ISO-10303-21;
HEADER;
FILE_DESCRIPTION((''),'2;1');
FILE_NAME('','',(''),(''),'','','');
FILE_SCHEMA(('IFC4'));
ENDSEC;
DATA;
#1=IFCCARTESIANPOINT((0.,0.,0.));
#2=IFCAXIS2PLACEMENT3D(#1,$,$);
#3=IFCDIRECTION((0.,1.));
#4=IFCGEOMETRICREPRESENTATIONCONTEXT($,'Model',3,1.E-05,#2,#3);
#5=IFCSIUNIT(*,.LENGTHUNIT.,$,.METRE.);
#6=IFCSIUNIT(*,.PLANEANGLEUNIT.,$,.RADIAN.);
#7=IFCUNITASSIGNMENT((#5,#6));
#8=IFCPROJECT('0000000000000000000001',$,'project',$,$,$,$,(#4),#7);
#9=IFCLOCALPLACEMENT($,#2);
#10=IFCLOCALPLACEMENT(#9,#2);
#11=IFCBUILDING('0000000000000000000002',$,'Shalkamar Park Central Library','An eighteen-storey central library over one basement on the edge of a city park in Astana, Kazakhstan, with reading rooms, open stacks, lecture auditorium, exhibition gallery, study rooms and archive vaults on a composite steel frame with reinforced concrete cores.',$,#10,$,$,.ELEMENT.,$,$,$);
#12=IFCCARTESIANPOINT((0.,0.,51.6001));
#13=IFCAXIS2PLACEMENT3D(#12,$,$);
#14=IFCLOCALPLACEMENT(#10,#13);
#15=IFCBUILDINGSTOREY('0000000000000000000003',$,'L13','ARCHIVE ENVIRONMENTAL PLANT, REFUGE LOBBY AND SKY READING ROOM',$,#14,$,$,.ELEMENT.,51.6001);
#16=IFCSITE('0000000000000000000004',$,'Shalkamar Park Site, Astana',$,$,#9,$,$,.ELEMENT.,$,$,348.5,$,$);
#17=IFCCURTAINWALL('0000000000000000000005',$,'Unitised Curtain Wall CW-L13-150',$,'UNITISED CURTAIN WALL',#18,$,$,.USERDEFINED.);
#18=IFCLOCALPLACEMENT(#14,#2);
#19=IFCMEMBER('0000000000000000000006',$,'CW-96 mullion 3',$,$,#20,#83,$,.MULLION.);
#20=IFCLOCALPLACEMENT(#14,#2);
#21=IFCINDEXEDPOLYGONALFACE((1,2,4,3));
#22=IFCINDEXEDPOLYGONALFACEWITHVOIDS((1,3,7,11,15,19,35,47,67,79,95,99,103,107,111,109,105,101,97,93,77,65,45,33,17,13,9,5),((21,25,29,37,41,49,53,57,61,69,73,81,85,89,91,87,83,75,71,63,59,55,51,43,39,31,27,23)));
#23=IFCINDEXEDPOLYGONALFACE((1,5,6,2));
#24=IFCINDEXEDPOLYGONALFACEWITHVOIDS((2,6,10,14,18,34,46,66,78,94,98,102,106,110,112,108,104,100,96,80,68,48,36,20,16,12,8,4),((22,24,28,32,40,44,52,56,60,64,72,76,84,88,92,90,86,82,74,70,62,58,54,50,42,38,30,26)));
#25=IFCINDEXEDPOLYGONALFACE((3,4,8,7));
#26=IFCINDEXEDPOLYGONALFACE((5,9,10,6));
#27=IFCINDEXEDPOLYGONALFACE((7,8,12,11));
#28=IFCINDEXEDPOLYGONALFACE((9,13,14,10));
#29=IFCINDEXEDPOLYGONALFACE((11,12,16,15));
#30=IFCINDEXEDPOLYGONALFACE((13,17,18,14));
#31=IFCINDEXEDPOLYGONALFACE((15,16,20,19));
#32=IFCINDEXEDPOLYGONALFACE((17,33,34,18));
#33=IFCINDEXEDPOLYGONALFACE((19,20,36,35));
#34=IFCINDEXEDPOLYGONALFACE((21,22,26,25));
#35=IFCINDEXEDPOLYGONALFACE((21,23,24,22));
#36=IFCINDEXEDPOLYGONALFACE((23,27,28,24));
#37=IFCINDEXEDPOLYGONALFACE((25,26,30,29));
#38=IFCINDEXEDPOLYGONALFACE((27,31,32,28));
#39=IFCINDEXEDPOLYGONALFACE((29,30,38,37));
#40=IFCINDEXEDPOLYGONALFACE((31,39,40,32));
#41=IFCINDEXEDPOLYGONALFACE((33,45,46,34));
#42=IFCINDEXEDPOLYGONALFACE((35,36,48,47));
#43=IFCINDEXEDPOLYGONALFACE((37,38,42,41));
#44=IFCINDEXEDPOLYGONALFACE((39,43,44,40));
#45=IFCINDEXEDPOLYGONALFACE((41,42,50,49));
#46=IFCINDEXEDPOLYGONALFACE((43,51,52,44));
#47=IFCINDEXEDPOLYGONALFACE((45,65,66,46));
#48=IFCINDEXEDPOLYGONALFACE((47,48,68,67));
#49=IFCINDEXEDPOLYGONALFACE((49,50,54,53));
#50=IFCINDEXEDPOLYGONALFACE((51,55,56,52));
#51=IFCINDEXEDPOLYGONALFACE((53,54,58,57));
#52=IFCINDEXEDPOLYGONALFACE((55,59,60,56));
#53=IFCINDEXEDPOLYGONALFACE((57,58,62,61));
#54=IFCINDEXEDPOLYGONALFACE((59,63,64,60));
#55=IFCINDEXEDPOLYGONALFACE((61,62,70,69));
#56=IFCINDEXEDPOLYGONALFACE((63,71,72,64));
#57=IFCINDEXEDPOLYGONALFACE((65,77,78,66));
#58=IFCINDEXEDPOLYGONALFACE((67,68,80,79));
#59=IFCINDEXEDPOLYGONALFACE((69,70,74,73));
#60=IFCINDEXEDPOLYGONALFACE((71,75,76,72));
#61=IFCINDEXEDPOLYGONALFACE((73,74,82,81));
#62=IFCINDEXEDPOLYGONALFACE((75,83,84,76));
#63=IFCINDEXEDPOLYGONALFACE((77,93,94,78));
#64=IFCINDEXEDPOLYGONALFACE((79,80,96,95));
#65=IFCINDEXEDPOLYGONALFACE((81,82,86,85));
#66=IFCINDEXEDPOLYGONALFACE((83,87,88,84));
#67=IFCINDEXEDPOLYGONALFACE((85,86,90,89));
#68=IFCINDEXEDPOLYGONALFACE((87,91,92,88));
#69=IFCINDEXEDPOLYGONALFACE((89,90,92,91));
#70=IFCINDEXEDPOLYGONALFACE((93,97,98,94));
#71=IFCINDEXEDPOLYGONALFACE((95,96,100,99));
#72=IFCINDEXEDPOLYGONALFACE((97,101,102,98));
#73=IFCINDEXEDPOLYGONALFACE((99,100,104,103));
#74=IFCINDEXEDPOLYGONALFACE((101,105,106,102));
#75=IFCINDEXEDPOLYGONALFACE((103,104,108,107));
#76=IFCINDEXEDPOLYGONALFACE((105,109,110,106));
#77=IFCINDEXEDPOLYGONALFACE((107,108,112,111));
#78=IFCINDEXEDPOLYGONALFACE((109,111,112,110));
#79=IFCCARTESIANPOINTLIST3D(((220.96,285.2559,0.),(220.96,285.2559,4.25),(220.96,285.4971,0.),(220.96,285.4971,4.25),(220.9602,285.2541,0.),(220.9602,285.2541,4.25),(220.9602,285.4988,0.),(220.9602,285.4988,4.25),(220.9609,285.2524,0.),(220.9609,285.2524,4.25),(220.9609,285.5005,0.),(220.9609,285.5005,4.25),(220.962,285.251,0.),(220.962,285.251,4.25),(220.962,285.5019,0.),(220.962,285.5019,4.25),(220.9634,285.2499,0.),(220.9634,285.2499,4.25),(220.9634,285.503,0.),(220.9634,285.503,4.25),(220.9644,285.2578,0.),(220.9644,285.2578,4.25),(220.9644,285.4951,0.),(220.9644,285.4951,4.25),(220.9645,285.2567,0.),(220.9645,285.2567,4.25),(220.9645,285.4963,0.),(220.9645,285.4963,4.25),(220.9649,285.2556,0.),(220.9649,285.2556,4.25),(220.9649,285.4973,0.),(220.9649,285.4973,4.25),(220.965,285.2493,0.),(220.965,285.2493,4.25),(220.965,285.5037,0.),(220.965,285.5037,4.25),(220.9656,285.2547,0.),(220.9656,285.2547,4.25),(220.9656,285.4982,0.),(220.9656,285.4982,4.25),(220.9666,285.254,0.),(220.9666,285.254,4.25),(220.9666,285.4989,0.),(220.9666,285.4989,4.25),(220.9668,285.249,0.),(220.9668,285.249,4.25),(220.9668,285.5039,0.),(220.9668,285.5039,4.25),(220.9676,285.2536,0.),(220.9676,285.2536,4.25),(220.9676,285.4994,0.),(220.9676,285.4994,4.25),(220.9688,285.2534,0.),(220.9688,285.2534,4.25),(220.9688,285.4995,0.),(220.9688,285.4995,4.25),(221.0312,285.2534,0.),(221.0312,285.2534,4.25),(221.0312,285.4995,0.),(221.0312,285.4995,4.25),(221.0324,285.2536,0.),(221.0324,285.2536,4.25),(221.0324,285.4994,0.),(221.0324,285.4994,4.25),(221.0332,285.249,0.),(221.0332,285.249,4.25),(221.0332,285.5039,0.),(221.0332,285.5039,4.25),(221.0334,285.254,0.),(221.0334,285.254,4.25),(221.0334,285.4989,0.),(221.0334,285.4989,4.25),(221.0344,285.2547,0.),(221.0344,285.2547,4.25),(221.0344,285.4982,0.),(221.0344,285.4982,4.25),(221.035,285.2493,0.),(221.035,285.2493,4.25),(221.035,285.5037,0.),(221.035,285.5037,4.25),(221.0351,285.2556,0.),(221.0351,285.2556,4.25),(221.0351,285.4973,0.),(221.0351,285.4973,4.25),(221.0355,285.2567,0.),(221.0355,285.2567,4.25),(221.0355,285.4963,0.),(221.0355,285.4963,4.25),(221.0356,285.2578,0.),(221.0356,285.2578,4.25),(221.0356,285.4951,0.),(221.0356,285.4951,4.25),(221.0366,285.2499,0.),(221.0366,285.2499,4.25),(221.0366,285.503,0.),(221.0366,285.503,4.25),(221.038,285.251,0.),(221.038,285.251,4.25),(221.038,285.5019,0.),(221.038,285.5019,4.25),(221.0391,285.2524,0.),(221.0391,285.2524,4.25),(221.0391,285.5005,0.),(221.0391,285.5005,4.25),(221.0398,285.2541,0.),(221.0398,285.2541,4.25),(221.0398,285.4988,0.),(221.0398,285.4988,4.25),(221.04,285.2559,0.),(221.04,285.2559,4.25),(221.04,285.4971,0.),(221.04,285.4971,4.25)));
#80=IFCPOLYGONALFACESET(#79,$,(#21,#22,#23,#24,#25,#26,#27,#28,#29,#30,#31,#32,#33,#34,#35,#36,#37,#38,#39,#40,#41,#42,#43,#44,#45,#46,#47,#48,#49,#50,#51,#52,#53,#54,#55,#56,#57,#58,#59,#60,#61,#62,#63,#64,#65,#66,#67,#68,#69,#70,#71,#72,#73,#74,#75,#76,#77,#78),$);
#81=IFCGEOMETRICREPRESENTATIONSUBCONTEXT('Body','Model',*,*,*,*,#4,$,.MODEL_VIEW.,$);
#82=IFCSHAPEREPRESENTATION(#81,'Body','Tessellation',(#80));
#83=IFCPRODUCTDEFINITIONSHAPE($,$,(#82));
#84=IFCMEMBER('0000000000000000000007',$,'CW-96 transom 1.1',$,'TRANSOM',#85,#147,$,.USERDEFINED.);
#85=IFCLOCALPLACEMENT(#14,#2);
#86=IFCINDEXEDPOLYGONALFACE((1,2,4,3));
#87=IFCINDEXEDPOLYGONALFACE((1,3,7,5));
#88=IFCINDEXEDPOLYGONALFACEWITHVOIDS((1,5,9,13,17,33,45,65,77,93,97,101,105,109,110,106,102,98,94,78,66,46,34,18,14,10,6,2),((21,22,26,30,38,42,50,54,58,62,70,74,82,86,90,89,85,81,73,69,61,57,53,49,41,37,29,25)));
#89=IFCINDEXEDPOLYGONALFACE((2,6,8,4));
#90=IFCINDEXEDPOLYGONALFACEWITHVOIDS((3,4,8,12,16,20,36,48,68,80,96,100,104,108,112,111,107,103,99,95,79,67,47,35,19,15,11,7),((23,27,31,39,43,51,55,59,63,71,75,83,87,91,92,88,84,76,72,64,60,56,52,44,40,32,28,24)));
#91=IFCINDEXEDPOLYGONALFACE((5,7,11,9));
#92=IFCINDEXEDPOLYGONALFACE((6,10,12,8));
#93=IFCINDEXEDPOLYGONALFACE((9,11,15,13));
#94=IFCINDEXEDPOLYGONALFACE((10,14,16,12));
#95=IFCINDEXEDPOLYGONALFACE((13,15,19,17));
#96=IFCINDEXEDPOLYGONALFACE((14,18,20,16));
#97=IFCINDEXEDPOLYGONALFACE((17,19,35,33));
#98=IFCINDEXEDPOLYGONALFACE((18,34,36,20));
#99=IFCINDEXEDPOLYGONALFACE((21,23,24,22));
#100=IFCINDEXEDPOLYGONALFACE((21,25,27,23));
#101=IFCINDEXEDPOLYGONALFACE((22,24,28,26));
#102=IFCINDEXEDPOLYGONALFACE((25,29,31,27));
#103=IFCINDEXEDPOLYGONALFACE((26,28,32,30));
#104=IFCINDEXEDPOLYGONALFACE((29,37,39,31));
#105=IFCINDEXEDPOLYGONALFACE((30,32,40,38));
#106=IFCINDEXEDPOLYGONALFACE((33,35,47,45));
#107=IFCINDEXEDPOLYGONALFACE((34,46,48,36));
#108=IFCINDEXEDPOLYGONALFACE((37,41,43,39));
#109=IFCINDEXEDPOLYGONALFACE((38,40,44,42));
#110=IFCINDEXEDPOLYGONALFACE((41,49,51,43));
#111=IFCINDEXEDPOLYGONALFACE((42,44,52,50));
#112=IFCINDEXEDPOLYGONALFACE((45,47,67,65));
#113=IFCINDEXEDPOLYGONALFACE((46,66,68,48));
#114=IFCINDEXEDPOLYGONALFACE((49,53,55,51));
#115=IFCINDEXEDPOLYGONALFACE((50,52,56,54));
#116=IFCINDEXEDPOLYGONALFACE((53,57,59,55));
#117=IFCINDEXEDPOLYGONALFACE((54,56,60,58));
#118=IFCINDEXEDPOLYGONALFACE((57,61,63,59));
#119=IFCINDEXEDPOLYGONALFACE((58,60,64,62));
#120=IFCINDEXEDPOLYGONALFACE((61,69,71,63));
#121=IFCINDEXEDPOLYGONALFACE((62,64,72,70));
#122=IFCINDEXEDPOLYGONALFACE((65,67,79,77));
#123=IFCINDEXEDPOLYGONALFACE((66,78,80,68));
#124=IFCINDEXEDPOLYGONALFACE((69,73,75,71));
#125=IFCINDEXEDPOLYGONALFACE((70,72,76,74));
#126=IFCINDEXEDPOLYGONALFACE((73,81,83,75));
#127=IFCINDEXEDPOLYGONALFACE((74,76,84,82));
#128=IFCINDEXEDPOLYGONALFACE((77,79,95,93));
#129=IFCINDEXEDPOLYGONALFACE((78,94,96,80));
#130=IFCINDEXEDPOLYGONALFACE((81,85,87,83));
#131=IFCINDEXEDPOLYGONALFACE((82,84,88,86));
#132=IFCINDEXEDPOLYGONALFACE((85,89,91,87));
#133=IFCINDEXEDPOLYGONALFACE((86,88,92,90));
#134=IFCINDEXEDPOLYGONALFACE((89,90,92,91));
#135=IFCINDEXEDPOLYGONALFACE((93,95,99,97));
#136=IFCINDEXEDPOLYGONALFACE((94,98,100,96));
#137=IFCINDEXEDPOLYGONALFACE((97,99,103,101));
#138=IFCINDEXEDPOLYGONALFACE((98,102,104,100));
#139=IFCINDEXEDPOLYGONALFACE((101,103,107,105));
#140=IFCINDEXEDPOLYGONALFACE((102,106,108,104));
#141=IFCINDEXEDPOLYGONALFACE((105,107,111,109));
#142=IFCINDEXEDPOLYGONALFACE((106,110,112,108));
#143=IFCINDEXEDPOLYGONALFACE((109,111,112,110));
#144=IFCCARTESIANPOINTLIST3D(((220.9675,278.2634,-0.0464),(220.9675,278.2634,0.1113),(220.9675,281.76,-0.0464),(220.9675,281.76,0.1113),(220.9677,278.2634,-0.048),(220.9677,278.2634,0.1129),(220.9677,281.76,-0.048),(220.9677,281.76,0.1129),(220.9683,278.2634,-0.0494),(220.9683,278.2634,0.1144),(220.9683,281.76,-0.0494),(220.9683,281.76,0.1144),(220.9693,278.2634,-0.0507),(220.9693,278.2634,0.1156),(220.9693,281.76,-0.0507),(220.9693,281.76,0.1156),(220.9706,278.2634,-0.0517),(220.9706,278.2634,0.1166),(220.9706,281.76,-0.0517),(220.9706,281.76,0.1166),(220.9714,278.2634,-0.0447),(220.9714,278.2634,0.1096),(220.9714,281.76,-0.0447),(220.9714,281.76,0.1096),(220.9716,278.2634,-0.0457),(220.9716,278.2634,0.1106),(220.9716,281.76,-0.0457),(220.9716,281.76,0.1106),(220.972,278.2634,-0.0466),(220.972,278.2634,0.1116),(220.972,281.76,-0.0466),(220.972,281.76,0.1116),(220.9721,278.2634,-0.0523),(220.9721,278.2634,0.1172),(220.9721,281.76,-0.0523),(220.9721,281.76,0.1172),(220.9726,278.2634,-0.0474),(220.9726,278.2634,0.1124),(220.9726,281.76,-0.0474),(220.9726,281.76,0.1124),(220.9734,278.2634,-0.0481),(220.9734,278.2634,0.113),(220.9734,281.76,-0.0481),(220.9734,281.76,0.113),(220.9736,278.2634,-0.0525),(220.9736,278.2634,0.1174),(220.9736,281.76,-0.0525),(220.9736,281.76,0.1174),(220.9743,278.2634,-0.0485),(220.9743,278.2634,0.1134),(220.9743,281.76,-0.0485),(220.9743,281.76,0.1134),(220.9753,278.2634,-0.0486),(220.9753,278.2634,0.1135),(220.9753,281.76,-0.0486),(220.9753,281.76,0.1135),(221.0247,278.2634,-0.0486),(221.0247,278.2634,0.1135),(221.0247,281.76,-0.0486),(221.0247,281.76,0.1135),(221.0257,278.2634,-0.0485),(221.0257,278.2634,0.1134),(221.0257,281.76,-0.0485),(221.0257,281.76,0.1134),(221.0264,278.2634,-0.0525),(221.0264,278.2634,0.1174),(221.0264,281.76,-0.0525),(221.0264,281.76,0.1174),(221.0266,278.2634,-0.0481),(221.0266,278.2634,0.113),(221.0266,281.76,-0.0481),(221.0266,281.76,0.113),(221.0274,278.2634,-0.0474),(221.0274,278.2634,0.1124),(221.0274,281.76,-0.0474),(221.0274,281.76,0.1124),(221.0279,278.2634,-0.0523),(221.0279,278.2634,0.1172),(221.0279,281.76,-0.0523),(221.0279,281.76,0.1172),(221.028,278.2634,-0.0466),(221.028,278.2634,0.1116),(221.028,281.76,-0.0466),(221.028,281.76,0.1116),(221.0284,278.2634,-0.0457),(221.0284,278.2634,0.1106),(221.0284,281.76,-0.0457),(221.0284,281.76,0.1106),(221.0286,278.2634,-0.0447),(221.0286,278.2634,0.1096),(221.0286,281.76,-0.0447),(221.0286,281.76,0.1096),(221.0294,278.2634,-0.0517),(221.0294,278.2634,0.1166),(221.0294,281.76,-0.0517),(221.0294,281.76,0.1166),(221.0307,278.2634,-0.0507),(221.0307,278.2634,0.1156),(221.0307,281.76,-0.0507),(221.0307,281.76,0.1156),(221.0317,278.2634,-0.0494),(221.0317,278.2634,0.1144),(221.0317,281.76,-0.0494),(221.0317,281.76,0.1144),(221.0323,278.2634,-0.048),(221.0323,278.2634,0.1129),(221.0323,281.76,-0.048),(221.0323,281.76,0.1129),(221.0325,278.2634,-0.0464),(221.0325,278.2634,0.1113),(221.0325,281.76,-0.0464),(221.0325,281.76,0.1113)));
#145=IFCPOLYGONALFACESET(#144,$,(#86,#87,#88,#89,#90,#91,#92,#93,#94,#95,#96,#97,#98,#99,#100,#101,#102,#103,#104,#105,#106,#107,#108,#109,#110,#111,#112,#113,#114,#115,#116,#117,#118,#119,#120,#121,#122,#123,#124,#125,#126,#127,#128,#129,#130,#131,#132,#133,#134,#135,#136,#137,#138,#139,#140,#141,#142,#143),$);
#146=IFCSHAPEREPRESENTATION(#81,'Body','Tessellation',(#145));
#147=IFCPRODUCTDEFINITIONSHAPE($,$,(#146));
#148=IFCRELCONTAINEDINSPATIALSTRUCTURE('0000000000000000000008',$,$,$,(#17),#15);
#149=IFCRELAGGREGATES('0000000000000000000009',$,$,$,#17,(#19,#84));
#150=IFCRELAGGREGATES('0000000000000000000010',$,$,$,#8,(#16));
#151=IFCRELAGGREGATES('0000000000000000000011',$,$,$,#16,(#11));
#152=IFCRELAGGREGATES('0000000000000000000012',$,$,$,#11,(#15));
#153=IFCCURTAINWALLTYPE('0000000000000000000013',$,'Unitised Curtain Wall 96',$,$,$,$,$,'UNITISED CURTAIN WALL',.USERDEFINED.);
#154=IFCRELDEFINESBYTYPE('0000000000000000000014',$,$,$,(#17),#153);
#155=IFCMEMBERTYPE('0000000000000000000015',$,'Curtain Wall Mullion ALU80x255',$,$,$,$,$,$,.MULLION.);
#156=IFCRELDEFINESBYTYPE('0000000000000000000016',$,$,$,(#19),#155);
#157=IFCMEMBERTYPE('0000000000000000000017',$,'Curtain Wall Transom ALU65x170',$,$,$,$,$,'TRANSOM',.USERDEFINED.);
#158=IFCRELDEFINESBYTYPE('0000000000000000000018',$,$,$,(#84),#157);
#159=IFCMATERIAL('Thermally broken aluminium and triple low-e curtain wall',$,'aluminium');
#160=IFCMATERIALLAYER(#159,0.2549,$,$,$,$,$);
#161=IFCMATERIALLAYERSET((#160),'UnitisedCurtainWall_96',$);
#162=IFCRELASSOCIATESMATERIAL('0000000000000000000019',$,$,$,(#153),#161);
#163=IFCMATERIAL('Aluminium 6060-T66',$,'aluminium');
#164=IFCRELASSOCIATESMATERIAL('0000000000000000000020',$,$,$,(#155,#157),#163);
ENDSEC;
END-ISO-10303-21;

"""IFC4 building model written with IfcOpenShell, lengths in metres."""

from ifc_helpers import new_model, si_unit, direction, frame, origin, origin_2d, place, context, subcontext, project, spatial, hollow_rectangle, extrude, material, layer, layer_set, material_profile, profile_set, type_object, element, aggregate, save


model = new_model("IFC4")

# Units and contexts
model_context = context("Model", 3, precision=1e-05, world=origin(), true_north=direction((0.0, 1.0)))
body_context = subcontext(model_context, "Body", "Model", "MODEL_VIEW")
ifc_project = project(units=[si_unit("LENGTHUNIT", "METRE"), si_unit("PLANEANGLEUNIT", "RADIAN")], contexts=[model_context])

# Site, building, storey
site_placement = place(None, origin())
site = spatial("IfcSite", under=ifc_project, at=site_placement, Name="Shalkamar Park Site, Astana", CompositionType="ELEMENT", RefElevation=348.5)
building_placement = place(site_placement, origin())
building = spatial("IfcBuilding", under=site, at=building_placement, Name="Shalkamar Park Central Library", Description="An eighteen-storey central library over one basement on the edge of a city park in Astana, Kazakhstan, with reading rooms, open stacks, lecture auditorium, exhibition gallery, study rooms and archive vaults on a composite steel frame with reinforced concrete cores.", CompositionType="ELEMENT")
storey_placement = place(building_placement, frame((0.0, 0.0, 51.6001)))
storey = spatial("IfcBuildingStorey", under=building, at=storey_placement, Name="L13", Description="ARCHIVE ENVIRONMENTAL PLANT, REFUGE LOBBY AND SKY READING ROOM", CompositionType="ELEMENT", Elevation=51.6001)

# Curtain wall, members
ifc_material_1 = material(Name="Thermally broken aluminium and triple low-e curtain wall", Category="aluminium")
ifc_layer_1 = layer(ifc_material_1, 0.2549)
ifc_layer_set_1 = layer_set([ifc_layer_1], Name="UnitisedCurtainWall_96")
curtain_wall_type = type_object("IfcCurtainWallType", Name="Unitised Curtain Wall 96", ElementType="UNITISED CURTAIN WALL", PredefinedType="USERDEFINED", material=ifc_layer_set_1)
curtain_wall_placement = place(storey_placement, origin())
curtain_wall = element("IfcCurtainWall", 1, at=curtain_wall_placement, inside=storey, type_object=curtain_wall_type, Name="Unitised Curtain Wall CW-L13-150", ObjectType="UNITISED CURTAIN WALL", PredefinedType="USERDEFINED")
ifc_material_2 = material(Name="Aluminium 6060-T66", Category="aluminium")
ifc_material_profile_1 = material_profile(ifc_material_2, hollow_rectangle(XDim=0.0801, YDim=0.2549, WallThickness=0.0044, InnerFilletRadius=0.0044, OuterFilletRadius=0.0068, at=origin_2d()), Name="ALU 80x255x4.5")
ifc_profile_set_1 = profile_set([ifc_material_profile_1], Name="Aluminium 6060-T66")
member_type_1 = type_object("IfcMemberType", Name="Curtain Wall Mullion ALU80x255", PredefinedType="MULLION", material=ifc_profile_set_1)
member_1_placement = place(storey_placement, frame((221.0, 285.3765, 0.0), z_axis=(0.0, 0.0, 1.0), x_axis=(-1.0, 0.0, 0.0)))
member_1 = element("IfcMember", 2, at=member_1_placement, type_object=member_type_1, Name="CW-96 mullion 3", PredefinedType="MULLION", context=body_context, shape_type="SweptSolid", body=[
    extrude(hollow_rectangle(XDim=0.0801, YDim=0.2549, WallThickness=0.0044, InnerFilletRadius=0.0044, OuterFilletRadius=0.0068, at=origin_2d()), origin(), (0.0, 0.0, 1.0), 4.25),
])
ifc_material_profile_2 = material_profile(ifc_material_2, hollow_rectangle(XDim=0.0649, YDim=0.1699, WallThickness=0.0039, InnerFilletRadius=0.0039, OuterFilletRadius=0.0061, at=origin_2d()), Name="ALU 65x170x4")
ifc_profile_set_2 = profile_set([ifc_material_profile_2], Name="Aluminium 6060-T66")
member_type_2 = type_object("IfcMemberType", Name="Curtain Wall Transom ALU65x170", ElementType="TRANSOM", PredefinedType="USERDEFINED", material=ifc_profile_set_2)
member_2_placement = place(storey_placement, frame((221.0, 278.2634, 0.0325), z_axis=(0.0, 1.0, 0.0), x_axis=(-1.0, 0.0, 0.0)))
member_2 = element("IfcMember", 3, at=member_2_placement, type_object=member_type_2, Name="CW-96 transom 1.1", ObjectType="TRANSOM", PredefinedType="USERDEFINED", context=body_context, shape_type="SweptSolid", body=[
    extrude(hollow_rectangle(XDim=0.0649, YDim=0.1699, WallThickness=0.0039, InnerFilletRadius=0.0039, OuterFilletRadius=0.0061, at=origin_2d()), origin(), (0.0, 0.0, 1.0), 3.4966),
])

aggregate(curtain_wall, [member_1, member_2])

save(model, "model.ifc")
